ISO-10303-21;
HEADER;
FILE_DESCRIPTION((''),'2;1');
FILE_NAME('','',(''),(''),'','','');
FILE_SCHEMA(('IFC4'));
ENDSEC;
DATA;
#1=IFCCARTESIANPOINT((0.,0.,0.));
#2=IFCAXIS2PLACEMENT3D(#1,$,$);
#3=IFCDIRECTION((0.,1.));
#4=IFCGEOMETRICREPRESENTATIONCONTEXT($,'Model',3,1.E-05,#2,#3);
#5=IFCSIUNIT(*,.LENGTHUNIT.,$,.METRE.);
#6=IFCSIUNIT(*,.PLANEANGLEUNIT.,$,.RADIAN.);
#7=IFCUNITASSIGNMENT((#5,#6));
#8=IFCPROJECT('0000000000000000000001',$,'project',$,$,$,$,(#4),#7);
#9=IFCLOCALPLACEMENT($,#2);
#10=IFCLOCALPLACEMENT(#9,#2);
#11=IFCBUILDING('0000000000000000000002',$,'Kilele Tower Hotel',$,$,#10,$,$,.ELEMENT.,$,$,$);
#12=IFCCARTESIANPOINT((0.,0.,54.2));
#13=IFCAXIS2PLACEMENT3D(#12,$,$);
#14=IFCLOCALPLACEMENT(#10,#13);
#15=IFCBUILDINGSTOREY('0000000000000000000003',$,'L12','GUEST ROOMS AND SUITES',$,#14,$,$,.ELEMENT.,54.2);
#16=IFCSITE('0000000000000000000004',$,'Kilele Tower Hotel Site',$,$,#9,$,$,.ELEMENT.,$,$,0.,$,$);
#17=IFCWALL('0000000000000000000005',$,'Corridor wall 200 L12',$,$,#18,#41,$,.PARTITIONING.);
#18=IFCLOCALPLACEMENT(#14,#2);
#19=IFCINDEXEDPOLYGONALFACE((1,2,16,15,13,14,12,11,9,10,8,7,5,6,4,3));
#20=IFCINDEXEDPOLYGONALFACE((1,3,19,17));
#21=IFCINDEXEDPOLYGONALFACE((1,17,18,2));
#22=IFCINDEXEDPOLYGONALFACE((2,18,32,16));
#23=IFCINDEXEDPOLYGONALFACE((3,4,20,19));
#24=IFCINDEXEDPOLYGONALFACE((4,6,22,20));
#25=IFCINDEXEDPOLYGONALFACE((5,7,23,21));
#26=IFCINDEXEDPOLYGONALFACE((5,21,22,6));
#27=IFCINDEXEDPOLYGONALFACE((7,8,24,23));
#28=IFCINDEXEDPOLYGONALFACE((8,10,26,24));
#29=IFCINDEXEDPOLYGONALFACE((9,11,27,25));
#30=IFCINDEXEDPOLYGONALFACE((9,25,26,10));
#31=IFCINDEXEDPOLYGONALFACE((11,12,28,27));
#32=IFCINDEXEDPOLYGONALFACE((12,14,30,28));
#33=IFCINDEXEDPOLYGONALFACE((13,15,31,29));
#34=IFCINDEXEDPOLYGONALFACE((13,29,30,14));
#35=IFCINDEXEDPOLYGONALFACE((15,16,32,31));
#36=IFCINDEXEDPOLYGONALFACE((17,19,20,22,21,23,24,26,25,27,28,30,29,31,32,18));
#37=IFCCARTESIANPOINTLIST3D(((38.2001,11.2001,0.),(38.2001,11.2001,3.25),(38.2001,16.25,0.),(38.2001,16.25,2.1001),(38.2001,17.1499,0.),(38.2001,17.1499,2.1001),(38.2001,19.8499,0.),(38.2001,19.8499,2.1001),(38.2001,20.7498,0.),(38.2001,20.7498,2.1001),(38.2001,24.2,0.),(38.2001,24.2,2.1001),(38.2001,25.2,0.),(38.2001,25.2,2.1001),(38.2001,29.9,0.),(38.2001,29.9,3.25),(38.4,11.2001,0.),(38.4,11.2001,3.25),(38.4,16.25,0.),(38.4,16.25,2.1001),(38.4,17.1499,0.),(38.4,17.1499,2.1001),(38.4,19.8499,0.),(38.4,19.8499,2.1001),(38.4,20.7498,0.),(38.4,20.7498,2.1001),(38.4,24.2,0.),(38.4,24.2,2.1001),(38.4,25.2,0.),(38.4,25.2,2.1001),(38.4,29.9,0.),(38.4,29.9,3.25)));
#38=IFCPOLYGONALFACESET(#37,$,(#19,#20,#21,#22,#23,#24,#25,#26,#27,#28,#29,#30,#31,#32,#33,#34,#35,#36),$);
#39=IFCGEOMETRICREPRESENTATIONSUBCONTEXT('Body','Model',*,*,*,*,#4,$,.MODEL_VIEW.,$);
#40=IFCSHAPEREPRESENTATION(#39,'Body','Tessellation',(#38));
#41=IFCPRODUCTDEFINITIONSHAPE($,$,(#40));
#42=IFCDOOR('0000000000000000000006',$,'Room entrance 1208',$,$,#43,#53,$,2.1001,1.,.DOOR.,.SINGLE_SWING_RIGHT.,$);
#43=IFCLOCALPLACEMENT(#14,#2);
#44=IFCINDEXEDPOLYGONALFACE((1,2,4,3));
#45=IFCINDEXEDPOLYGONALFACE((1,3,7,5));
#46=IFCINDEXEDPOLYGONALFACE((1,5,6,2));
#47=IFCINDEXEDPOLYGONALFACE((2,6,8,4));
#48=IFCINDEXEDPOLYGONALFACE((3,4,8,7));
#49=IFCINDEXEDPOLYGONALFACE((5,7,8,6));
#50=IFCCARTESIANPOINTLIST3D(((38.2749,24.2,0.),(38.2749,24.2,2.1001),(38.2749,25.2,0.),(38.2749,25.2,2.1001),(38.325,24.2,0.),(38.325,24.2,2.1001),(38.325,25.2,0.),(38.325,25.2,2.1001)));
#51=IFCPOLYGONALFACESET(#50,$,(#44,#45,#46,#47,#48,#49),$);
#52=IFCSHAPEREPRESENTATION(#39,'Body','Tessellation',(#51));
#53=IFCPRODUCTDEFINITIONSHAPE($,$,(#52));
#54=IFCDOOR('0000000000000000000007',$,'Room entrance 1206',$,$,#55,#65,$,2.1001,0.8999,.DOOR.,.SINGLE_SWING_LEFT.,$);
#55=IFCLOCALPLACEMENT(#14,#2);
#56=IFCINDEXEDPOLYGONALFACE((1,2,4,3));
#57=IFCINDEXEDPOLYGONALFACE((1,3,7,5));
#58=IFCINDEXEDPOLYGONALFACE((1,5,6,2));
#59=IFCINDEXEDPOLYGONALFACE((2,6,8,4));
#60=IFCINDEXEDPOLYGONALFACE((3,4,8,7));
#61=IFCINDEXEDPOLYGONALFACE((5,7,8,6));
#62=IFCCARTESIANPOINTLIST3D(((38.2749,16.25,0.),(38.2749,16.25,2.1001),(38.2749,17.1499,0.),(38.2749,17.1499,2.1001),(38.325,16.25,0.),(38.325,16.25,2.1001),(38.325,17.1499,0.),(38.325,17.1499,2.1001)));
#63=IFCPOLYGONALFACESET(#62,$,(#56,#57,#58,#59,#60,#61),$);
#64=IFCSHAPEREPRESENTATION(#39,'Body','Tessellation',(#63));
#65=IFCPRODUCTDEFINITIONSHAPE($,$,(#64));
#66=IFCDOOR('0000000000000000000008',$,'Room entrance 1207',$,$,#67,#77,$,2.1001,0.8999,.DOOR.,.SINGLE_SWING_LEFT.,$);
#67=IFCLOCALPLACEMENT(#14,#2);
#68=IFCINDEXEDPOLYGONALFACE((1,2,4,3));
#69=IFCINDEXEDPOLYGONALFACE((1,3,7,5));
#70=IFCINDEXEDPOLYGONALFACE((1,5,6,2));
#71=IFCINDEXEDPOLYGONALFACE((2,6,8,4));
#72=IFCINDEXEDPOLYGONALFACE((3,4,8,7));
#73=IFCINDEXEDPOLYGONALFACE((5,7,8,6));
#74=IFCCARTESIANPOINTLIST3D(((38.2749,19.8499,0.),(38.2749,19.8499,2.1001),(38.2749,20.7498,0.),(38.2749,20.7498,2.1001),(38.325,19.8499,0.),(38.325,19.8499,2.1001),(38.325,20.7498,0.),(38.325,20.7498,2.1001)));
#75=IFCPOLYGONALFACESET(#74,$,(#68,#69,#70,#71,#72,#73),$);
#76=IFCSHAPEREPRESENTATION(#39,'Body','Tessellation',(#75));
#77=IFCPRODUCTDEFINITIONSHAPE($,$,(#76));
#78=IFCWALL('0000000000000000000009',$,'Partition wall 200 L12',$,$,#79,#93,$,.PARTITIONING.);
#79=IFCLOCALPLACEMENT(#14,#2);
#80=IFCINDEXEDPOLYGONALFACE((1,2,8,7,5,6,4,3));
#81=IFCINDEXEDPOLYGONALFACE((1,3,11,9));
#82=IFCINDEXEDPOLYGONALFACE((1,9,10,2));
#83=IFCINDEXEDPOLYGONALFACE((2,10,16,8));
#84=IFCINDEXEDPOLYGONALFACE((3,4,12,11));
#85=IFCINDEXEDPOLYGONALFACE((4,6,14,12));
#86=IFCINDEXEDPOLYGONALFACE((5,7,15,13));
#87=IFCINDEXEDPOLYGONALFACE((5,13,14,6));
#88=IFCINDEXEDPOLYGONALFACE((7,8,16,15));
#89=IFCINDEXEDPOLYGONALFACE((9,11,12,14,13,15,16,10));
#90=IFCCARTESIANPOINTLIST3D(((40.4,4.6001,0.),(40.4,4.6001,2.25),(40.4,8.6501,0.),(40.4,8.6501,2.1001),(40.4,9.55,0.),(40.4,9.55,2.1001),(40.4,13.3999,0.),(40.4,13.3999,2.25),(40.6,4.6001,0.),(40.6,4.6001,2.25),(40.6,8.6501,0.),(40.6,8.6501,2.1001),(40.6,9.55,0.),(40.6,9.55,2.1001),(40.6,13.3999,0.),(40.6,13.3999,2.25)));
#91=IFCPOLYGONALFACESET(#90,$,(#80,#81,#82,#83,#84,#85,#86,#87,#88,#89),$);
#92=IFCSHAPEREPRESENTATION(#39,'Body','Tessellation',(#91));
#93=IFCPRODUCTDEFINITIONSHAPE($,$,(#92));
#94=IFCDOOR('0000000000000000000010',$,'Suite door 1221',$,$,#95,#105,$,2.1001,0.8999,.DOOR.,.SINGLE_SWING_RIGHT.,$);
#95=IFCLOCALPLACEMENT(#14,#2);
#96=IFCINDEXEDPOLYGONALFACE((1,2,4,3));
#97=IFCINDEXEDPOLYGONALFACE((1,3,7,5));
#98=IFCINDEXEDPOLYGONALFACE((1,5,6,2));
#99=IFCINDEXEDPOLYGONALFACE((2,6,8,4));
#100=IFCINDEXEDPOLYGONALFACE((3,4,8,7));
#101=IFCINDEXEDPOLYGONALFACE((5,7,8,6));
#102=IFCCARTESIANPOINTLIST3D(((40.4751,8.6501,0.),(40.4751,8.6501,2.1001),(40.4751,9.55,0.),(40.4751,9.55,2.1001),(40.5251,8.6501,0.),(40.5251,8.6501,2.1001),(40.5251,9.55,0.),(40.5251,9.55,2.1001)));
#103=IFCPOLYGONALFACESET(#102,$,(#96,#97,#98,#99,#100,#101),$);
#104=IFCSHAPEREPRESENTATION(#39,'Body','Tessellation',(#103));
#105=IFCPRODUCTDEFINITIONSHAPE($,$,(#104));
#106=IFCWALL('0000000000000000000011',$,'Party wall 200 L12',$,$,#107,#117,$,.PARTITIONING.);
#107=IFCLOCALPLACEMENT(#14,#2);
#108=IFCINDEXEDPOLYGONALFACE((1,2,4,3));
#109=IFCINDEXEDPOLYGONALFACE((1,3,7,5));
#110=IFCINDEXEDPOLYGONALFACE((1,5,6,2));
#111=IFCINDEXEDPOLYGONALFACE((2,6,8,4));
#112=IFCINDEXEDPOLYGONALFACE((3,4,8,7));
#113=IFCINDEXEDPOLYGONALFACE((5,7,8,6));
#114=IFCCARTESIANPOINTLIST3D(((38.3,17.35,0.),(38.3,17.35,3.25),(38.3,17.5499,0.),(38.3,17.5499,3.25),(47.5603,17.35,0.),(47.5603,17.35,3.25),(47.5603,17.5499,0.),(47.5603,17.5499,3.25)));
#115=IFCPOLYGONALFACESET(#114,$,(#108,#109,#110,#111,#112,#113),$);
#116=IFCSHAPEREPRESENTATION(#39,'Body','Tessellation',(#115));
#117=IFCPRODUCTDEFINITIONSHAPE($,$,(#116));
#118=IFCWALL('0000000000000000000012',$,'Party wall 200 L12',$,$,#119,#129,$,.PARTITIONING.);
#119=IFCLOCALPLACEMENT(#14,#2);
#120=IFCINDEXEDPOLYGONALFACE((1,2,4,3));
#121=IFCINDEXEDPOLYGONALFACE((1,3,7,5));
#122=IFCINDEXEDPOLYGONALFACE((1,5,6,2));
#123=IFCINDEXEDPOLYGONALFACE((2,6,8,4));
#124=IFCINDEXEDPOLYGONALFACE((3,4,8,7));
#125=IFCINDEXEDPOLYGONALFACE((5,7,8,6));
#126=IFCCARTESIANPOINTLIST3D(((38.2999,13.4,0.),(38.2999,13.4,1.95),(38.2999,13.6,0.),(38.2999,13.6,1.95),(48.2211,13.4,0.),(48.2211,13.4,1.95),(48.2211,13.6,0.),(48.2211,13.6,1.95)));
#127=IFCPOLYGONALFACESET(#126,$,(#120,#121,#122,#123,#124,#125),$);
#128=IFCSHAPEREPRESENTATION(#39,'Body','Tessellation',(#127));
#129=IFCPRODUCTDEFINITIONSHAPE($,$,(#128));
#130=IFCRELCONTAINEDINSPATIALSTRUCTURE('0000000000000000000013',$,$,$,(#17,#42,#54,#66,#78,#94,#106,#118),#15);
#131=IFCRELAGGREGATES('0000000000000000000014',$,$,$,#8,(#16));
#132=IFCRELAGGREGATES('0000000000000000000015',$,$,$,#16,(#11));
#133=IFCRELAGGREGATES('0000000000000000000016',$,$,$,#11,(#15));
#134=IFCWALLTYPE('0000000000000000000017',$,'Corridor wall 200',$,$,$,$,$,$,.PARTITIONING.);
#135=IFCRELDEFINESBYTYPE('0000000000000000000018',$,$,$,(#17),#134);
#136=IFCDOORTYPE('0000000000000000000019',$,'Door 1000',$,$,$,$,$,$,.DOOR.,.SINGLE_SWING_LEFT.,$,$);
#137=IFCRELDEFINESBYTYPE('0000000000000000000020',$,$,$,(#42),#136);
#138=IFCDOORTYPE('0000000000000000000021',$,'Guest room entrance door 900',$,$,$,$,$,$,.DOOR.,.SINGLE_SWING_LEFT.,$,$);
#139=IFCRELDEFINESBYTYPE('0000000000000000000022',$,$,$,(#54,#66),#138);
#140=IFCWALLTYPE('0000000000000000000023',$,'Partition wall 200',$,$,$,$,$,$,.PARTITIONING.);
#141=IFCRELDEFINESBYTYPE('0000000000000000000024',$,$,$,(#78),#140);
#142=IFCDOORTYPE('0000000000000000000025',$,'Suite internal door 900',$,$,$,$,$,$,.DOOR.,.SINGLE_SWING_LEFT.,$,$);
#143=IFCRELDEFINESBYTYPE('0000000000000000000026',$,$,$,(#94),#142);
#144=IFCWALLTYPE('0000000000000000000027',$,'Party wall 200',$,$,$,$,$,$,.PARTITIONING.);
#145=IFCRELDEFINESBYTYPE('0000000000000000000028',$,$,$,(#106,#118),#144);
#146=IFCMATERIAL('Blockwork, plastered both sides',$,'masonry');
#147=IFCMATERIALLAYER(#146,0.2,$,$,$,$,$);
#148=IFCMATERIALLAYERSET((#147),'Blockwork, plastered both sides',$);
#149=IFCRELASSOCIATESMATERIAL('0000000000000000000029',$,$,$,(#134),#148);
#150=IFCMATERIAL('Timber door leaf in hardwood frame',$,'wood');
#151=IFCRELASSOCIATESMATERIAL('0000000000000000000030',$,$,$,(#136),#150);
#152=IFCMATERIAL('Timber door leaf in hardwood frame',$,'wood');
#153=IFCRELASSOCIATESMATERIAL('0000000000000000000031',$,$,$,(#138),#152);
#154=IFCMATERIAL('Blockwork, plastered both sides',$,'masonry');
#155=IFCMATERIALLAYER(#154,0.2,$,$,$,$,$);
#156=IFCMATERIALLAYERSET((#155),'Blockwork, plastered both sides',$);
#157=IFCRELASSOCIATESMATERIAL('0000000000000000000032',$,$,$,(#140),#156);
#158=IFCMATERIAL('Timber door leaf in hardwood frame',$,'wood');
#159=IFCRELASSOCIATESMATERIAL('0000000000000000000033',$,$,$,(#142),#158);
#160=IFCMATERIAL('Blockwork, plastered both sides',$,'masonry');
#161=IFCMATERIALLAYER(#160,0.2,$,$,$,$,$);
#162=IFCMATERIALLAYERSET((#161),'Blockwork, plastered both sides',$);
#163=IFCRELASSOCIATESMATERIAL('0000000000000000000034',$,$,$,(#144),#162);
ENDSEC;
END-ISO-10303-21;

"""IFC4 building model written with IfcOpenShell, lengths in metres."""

from ifc_helpers import new_model, si_unit, direction, frame, frame_2d, origin, place, context, subcontext, project, spatial, rectangle, extrude, material, layer, layer_set, type_object, element, fill, save


model = new_model("IFC4")

# Units and contexts
model_context = context("Model", 3, precision=1e-05, world=origin(), true_north=direction((0.0, 1.0)))
body_context = subcontext(model_context, "Body", "Model", "MODEL_VIEW")
ifc_project = project(units=[si_unit("LENGTHUNIT", "METRE"), si_unit("PLANEANGLEUNIT", "RADIAN")], contexts=[model_context])

# Site, building, storey
site_placement = place(None, origin())
site = spatial("IfcSite", under=ifc_project, at=site_placement, Name="Kilele Tower Hotel Site", CompositionType="ELEMENT", RefElevation=0.0)
building_placement = place(site_placement, origin())
building = spatial("IfcBuilding", under=site, at=building_placement, Name="Kilele Tower Hotel", CompositionType="ELEMENT")
storey_placement = place(building_placement, frame((0.0, 0.0, 54.2)))
storey = spatial("IfcBuildingStorey", under=building, at=storey_placement, Name="L12", Description="GUEST ROOMS AND SUITES", CompositionType="ELEMENT", Elevation=54.2)

# Wall, openings, doors
ifc_material_1 = material(Name="Blockwork, plastered both sides", Category="masonry")
ifc_layer_1 = layer(ifc_material_1, 0.2)
ifc_layer_set_1 = layer_set([ifc_layer_1], Name="Blockwork, plastered both sides")
wall_type_1 = type_object("IfcWallType", Name="Corridor wall 200", PredefinedType="PARTITIONING", material=ifc_layer_set_1)
wall_1_placement = place(storey_placement, frame((38.3, 11.2, 0.0), z_axis=(0.0, 0.0, 1.0), x_axis=(0.0, 1.0, 0.0)))
wall_1 = element("IfcWall", 1, at=wall_1_placement, inside=storey, type_object=wall_type_1, Name="Corridor wall 200 L12", PredefinedType="PARTITIONING", context=body_context, shape_type="SweptSolid", body=[
    extrude(rectangle(XDim=18.7, YDim=0.2, at=frame_2d((9.3501, 0.0))), origin(), (0.0, 0.0, 1.0), 3.25),
])
opening_1_placement = place(wall_1_placement, frame((5.95, 0.0, 0.0), z_axis=(0.0, 0.0, 1.0), x_axis=(-1.0, 0.0, 0.0)))
opening_1 = element("IfcOpeningElement", 2, at=opening_1_placement, cuts=wall_1, PredefinedType="OPENING", context=body_context, shape_type="SweptSolid", body=[
    extrude(rectangle(XDim=0.8999, YDim=2.1001, at=frame_2d((0.45, 1.05))), frame((0.0, 0.1099, 0.0), z_axis=(0.0, -1.0, 0.0), x_axis=(1.0, 0.0, 0.0)), (0.0, 0.0, 1.0), 0.22),
])
opening_2_placement = place(wall_1_placement, frame((9.5498, 0.0, 0.0), z_axis=(0.0, 0.0, 1.0), x_axis=(-1.0, 0.0, 0.0)))
opening_2 = element("IfcOpeningElement", 3, at=opening_2_placement, cuts=wall_1, PredefinedType="OPENING", context=body_context, shape_type="SweptSolid", body=[
    extrude(rectangle(XDim=0.8999, YDim=2.1001, at=frame_2d((0.45, 1.05))), frame((0.0, 0.1099, 0.0), z_axis=(0.0, -1.0, 0.0), x_axis=(1.0, 0.0, 0.0)), (0.0, 0.0, 1.0), 0.22),
])
opening_3_placement = place(wall_1_placement, frame((14.0, 0.0, 0.0), z_axis=(0.0, 0.0, 1.0), x_axis=(-1.0, 0.0, 0.0)))
opening_3 = element("IfcOpeningElement", 4, at=opening_3_placement, cuts=wall_1, PredefinedType="OPENING", context=body_context, shape_type="SweptSolid", body=[
    extrude(rectangle(XDim=1.0, YDim=2.1001, at=frame_2d((0.5, 1.05))), frame((0.0, 0.1099, 0.0), z_axis=(0.0, -1.0, 0.0), x_axis=(1.0, 0.0, 0.0)), (0.0, 0.0, 1.0), 0.22),
])
ifc_material_2 = material(Name="Timber door leaf in hardwood frame", Category="wood")
door_type_1 = type_object("IfcDoorType", Name="Door 1000", OperationType="SINGLE_SWING_LEFT", PredefinedType="DOOR", material=ifc_material_2)
door_1_placement = place(opening_3_placement, origin())
door_1 = element("IfcDoor", 5, at=door_1_placement, inside=storey, type_object=door_type_1, Name="Room entrance 1208", OperationType="SINGLE_SWING_RIGHT", OverallHeight=2.1001, OverallWidth=1.0, PredefinedType="DOOR", context=body_context, shape_type="SweptSolid", body=[
    extrude(rectangle(XDim=1.0, YDim=2.1001, at=frame_2d((0.5, 1.05))), frame((0.0, 0.0249, 0.0), z_axis=(0.0, -1.0, 0.0), x_axis=(1.0, 0.0, 0.0)), (0.0, 0.0, 1.0), 0.05),
])
fill(opening_3, door_1)
ifc_material_3 = material(Name="Timber door leaf in hardwood frame", Category="wood")
door_type_2 = type_object("IfcDoorType", Name="Guest room entrance door 900", OperationType="SINGLE_SWING_LEFT", PredefinedType="DOOR", material=ifc_material_3)
door_2_placement = place(opening_1_placement, origin())
door_2 = element("IfcDoor", 6, at=door_2_placement, inside=storey, type_object=door_type_2, Name="Room entrance 1206", OperationType="SINGLE_SWING_LEFT", OverallHeight=2.1001, OverallWidth=0.8999, PredefinedType="DOOR", context=body_context, shape_type="SweptSolid", body=[
    extrude(rectangle(XDim=0.8999, YDim=2.1001, at=frame_2d((0.45, 1.05))), frame((0.0, 0.0249, 0.0), z_axis=(0.0, -1.0, 0.0), x_axis=(1.0, 0.0, 0.0)), (0.0, 0.0, 1.0), 0.05),
])
fill(opening_1, door_2)
door_3_placement = place(opening_2_placement, origin())
door_3 = element("IfcDoor", 7, at=door_3_placement, inside=storey, type_object=door_type_2, Name="Room entrance 1207", OperationType="SINGLE_SWING_LEFT", OverallHeight=2.1001, OverallWidth=0.8999, PredefinedType="DOOR", context=body_context, shape_type="SweptSolid", body=[
    extrude(rectangle(XDim=0.8999, YDim=2.1001, at=frame_2d((0.45, 1.05))), frame((0.0, 0.0249, 0.0), z_axis=(0.0, -1.0, 0.0), x_axis=(1.0, 0.0, 0.0)), (0.0, 0.0, 1.0), 0.05),
])
fill(opening_2, door_3)

# Wall, opening, door
ifc_material_4 = material(Name="Blockwork, plastered both sides", Category="masonry")
ifc_layer_2 = layer(ifc_material_4, 0.2)
ifc_layer_set_2 = layer_set([ifc_layer_2], Name="Blockwork, plastered both sides")
wall_type_2 = type_object("IfcWallType", Name="Partition wall 200", PredefinedType="PARTITIONING", material=ifc_layer_set_2)
wall_2_placement = place(storey_placement, frame((40.5, 4.6001, 0.0), z_axis=(0.0, 0.0, 1.0), x_axis=(0.0, 1.0, 0.0)))
wall_2 = element("IfcWall", 8, at=wall_2_placement, inside=storey, type_object=wall_type_2, Name="Partition wall 200 L12", PredefinedType="PARTITIONING", context=body_context, shape_type="SweptSolid", body=[
    extrude(rectangle(XDim=8.7998, YDim=0.2, at=frame_2d((4.3999, 0.0))), origin(), (0.0, 0.0, 1.0), 2.25),
])
opening_4_placement = place(wall_2_placement, frame((4.05, 0.0, 0.0)))
opening_4 = element("IfcOpeningElement", 9, at=opening_4_placement, cuts=wall_2, PredefinedType="OPENING", context=body_context, shape_type="SweptSolid", body=[
    extrude(rectangle(XDim=0.8999, YDim=2.1001, at=frame_2d((0.45, 1.05))), frame((0.0, 0.1099, 0.0), z_axis=(0.0, -1.0, 0.0), x_axis=(1.0, 0.0, 0.0)), (0.0, 0.0, 1.0), 0.22),
])
ifc_material_5 = material(Name="Timber door leaf in hardwood frame", Category="wood")
door_type_3 = type_object("IfcDoorType", Name="Suite internal door 900", OperationType="SINGLE_SWING_LEFT", PredefinedType="DOOR", material=ifc_material_5)
door_4_placement = place(opening_4_placement, origin())
door_4 = element("IfcDoor", 10, at=door_4_placement, inside=storey, type_object=door_type_3, Name="Suite door 1221", OperationType="SINGLE_SWING_RIGHT", OverallHeight=2.1001, OverallWidth=0.8999, PredefinedType="DOOR", context=body_context, shape_type="SweptSolid", body=[
    extrude(rectangle(XDim=0.8999, YDim=2.1001, at=frame_2d((0.45, 1.05))), frame((0.0, 0.0249, 0.0), z_axis=(0.0, -1.0, 0.0), x_axis=(1.0, 0.0, 0.0)), (0.0, 0.0, 1.0), 0.05),
])
fill(opening_4, door_4)

# Walls
ifc_material_6 = material(Name="Blockwork, plastered both sides", Category="masonry")
ifc_layer_3 = layer(ifc_material_6, 0.2)
ifc_layer_set_3 = layer_set([ifc_layer_3], Name="Blockwork, plastered both sides")
wall_type_3 = type_object("IfcWallType", Name="Party wall 200", PredefinedType="PARTITIONING", material=ifc_layer_set_3)
wall_3_placement = place(storey_placement, frame((38.3, 17.45, 0.0), z_axis=(0.0, 0.0, 1.0), x_axis=(1.0, 0.0, 0.0)))
element("IfcWall", 11, at=wall_3_placement, inside=storey, type_object=wall_type_3, Name="Party wall 200 L12", PredefinedType="PARTITIONING", context=body_context, shape_type="SweptSolid", body=[
    extrude(rectangle(XDim=9.2603, YDim=0.2, at=frame_2d((4.6301, 0.0))), origin(), (0.0, 0.0, 1.0), 3.25),
])
wall_4_placement = place(storey_placement, frame((38.3, 13.5, 0.0), z_axis=(0.0, 0.0, 1.0), x_axis=(1.0, 0.0, 0.0)))
element("IfcWall", 12, at=wall_4_placement, inside=storey, type_object=wall_type_3, Name="Party wall 200 L12", PredefinedType="PARTITIONING", context=body_context, shape_type="SweptSolid", body=[
    extrude(rectangle(XDim=9.9211, YDim=0.2, at=frame_2d((4.9604, 0.0))), origin(), (0.0, 0.0, 1.0), 1.95),
])

save(model, "model.ifc")
